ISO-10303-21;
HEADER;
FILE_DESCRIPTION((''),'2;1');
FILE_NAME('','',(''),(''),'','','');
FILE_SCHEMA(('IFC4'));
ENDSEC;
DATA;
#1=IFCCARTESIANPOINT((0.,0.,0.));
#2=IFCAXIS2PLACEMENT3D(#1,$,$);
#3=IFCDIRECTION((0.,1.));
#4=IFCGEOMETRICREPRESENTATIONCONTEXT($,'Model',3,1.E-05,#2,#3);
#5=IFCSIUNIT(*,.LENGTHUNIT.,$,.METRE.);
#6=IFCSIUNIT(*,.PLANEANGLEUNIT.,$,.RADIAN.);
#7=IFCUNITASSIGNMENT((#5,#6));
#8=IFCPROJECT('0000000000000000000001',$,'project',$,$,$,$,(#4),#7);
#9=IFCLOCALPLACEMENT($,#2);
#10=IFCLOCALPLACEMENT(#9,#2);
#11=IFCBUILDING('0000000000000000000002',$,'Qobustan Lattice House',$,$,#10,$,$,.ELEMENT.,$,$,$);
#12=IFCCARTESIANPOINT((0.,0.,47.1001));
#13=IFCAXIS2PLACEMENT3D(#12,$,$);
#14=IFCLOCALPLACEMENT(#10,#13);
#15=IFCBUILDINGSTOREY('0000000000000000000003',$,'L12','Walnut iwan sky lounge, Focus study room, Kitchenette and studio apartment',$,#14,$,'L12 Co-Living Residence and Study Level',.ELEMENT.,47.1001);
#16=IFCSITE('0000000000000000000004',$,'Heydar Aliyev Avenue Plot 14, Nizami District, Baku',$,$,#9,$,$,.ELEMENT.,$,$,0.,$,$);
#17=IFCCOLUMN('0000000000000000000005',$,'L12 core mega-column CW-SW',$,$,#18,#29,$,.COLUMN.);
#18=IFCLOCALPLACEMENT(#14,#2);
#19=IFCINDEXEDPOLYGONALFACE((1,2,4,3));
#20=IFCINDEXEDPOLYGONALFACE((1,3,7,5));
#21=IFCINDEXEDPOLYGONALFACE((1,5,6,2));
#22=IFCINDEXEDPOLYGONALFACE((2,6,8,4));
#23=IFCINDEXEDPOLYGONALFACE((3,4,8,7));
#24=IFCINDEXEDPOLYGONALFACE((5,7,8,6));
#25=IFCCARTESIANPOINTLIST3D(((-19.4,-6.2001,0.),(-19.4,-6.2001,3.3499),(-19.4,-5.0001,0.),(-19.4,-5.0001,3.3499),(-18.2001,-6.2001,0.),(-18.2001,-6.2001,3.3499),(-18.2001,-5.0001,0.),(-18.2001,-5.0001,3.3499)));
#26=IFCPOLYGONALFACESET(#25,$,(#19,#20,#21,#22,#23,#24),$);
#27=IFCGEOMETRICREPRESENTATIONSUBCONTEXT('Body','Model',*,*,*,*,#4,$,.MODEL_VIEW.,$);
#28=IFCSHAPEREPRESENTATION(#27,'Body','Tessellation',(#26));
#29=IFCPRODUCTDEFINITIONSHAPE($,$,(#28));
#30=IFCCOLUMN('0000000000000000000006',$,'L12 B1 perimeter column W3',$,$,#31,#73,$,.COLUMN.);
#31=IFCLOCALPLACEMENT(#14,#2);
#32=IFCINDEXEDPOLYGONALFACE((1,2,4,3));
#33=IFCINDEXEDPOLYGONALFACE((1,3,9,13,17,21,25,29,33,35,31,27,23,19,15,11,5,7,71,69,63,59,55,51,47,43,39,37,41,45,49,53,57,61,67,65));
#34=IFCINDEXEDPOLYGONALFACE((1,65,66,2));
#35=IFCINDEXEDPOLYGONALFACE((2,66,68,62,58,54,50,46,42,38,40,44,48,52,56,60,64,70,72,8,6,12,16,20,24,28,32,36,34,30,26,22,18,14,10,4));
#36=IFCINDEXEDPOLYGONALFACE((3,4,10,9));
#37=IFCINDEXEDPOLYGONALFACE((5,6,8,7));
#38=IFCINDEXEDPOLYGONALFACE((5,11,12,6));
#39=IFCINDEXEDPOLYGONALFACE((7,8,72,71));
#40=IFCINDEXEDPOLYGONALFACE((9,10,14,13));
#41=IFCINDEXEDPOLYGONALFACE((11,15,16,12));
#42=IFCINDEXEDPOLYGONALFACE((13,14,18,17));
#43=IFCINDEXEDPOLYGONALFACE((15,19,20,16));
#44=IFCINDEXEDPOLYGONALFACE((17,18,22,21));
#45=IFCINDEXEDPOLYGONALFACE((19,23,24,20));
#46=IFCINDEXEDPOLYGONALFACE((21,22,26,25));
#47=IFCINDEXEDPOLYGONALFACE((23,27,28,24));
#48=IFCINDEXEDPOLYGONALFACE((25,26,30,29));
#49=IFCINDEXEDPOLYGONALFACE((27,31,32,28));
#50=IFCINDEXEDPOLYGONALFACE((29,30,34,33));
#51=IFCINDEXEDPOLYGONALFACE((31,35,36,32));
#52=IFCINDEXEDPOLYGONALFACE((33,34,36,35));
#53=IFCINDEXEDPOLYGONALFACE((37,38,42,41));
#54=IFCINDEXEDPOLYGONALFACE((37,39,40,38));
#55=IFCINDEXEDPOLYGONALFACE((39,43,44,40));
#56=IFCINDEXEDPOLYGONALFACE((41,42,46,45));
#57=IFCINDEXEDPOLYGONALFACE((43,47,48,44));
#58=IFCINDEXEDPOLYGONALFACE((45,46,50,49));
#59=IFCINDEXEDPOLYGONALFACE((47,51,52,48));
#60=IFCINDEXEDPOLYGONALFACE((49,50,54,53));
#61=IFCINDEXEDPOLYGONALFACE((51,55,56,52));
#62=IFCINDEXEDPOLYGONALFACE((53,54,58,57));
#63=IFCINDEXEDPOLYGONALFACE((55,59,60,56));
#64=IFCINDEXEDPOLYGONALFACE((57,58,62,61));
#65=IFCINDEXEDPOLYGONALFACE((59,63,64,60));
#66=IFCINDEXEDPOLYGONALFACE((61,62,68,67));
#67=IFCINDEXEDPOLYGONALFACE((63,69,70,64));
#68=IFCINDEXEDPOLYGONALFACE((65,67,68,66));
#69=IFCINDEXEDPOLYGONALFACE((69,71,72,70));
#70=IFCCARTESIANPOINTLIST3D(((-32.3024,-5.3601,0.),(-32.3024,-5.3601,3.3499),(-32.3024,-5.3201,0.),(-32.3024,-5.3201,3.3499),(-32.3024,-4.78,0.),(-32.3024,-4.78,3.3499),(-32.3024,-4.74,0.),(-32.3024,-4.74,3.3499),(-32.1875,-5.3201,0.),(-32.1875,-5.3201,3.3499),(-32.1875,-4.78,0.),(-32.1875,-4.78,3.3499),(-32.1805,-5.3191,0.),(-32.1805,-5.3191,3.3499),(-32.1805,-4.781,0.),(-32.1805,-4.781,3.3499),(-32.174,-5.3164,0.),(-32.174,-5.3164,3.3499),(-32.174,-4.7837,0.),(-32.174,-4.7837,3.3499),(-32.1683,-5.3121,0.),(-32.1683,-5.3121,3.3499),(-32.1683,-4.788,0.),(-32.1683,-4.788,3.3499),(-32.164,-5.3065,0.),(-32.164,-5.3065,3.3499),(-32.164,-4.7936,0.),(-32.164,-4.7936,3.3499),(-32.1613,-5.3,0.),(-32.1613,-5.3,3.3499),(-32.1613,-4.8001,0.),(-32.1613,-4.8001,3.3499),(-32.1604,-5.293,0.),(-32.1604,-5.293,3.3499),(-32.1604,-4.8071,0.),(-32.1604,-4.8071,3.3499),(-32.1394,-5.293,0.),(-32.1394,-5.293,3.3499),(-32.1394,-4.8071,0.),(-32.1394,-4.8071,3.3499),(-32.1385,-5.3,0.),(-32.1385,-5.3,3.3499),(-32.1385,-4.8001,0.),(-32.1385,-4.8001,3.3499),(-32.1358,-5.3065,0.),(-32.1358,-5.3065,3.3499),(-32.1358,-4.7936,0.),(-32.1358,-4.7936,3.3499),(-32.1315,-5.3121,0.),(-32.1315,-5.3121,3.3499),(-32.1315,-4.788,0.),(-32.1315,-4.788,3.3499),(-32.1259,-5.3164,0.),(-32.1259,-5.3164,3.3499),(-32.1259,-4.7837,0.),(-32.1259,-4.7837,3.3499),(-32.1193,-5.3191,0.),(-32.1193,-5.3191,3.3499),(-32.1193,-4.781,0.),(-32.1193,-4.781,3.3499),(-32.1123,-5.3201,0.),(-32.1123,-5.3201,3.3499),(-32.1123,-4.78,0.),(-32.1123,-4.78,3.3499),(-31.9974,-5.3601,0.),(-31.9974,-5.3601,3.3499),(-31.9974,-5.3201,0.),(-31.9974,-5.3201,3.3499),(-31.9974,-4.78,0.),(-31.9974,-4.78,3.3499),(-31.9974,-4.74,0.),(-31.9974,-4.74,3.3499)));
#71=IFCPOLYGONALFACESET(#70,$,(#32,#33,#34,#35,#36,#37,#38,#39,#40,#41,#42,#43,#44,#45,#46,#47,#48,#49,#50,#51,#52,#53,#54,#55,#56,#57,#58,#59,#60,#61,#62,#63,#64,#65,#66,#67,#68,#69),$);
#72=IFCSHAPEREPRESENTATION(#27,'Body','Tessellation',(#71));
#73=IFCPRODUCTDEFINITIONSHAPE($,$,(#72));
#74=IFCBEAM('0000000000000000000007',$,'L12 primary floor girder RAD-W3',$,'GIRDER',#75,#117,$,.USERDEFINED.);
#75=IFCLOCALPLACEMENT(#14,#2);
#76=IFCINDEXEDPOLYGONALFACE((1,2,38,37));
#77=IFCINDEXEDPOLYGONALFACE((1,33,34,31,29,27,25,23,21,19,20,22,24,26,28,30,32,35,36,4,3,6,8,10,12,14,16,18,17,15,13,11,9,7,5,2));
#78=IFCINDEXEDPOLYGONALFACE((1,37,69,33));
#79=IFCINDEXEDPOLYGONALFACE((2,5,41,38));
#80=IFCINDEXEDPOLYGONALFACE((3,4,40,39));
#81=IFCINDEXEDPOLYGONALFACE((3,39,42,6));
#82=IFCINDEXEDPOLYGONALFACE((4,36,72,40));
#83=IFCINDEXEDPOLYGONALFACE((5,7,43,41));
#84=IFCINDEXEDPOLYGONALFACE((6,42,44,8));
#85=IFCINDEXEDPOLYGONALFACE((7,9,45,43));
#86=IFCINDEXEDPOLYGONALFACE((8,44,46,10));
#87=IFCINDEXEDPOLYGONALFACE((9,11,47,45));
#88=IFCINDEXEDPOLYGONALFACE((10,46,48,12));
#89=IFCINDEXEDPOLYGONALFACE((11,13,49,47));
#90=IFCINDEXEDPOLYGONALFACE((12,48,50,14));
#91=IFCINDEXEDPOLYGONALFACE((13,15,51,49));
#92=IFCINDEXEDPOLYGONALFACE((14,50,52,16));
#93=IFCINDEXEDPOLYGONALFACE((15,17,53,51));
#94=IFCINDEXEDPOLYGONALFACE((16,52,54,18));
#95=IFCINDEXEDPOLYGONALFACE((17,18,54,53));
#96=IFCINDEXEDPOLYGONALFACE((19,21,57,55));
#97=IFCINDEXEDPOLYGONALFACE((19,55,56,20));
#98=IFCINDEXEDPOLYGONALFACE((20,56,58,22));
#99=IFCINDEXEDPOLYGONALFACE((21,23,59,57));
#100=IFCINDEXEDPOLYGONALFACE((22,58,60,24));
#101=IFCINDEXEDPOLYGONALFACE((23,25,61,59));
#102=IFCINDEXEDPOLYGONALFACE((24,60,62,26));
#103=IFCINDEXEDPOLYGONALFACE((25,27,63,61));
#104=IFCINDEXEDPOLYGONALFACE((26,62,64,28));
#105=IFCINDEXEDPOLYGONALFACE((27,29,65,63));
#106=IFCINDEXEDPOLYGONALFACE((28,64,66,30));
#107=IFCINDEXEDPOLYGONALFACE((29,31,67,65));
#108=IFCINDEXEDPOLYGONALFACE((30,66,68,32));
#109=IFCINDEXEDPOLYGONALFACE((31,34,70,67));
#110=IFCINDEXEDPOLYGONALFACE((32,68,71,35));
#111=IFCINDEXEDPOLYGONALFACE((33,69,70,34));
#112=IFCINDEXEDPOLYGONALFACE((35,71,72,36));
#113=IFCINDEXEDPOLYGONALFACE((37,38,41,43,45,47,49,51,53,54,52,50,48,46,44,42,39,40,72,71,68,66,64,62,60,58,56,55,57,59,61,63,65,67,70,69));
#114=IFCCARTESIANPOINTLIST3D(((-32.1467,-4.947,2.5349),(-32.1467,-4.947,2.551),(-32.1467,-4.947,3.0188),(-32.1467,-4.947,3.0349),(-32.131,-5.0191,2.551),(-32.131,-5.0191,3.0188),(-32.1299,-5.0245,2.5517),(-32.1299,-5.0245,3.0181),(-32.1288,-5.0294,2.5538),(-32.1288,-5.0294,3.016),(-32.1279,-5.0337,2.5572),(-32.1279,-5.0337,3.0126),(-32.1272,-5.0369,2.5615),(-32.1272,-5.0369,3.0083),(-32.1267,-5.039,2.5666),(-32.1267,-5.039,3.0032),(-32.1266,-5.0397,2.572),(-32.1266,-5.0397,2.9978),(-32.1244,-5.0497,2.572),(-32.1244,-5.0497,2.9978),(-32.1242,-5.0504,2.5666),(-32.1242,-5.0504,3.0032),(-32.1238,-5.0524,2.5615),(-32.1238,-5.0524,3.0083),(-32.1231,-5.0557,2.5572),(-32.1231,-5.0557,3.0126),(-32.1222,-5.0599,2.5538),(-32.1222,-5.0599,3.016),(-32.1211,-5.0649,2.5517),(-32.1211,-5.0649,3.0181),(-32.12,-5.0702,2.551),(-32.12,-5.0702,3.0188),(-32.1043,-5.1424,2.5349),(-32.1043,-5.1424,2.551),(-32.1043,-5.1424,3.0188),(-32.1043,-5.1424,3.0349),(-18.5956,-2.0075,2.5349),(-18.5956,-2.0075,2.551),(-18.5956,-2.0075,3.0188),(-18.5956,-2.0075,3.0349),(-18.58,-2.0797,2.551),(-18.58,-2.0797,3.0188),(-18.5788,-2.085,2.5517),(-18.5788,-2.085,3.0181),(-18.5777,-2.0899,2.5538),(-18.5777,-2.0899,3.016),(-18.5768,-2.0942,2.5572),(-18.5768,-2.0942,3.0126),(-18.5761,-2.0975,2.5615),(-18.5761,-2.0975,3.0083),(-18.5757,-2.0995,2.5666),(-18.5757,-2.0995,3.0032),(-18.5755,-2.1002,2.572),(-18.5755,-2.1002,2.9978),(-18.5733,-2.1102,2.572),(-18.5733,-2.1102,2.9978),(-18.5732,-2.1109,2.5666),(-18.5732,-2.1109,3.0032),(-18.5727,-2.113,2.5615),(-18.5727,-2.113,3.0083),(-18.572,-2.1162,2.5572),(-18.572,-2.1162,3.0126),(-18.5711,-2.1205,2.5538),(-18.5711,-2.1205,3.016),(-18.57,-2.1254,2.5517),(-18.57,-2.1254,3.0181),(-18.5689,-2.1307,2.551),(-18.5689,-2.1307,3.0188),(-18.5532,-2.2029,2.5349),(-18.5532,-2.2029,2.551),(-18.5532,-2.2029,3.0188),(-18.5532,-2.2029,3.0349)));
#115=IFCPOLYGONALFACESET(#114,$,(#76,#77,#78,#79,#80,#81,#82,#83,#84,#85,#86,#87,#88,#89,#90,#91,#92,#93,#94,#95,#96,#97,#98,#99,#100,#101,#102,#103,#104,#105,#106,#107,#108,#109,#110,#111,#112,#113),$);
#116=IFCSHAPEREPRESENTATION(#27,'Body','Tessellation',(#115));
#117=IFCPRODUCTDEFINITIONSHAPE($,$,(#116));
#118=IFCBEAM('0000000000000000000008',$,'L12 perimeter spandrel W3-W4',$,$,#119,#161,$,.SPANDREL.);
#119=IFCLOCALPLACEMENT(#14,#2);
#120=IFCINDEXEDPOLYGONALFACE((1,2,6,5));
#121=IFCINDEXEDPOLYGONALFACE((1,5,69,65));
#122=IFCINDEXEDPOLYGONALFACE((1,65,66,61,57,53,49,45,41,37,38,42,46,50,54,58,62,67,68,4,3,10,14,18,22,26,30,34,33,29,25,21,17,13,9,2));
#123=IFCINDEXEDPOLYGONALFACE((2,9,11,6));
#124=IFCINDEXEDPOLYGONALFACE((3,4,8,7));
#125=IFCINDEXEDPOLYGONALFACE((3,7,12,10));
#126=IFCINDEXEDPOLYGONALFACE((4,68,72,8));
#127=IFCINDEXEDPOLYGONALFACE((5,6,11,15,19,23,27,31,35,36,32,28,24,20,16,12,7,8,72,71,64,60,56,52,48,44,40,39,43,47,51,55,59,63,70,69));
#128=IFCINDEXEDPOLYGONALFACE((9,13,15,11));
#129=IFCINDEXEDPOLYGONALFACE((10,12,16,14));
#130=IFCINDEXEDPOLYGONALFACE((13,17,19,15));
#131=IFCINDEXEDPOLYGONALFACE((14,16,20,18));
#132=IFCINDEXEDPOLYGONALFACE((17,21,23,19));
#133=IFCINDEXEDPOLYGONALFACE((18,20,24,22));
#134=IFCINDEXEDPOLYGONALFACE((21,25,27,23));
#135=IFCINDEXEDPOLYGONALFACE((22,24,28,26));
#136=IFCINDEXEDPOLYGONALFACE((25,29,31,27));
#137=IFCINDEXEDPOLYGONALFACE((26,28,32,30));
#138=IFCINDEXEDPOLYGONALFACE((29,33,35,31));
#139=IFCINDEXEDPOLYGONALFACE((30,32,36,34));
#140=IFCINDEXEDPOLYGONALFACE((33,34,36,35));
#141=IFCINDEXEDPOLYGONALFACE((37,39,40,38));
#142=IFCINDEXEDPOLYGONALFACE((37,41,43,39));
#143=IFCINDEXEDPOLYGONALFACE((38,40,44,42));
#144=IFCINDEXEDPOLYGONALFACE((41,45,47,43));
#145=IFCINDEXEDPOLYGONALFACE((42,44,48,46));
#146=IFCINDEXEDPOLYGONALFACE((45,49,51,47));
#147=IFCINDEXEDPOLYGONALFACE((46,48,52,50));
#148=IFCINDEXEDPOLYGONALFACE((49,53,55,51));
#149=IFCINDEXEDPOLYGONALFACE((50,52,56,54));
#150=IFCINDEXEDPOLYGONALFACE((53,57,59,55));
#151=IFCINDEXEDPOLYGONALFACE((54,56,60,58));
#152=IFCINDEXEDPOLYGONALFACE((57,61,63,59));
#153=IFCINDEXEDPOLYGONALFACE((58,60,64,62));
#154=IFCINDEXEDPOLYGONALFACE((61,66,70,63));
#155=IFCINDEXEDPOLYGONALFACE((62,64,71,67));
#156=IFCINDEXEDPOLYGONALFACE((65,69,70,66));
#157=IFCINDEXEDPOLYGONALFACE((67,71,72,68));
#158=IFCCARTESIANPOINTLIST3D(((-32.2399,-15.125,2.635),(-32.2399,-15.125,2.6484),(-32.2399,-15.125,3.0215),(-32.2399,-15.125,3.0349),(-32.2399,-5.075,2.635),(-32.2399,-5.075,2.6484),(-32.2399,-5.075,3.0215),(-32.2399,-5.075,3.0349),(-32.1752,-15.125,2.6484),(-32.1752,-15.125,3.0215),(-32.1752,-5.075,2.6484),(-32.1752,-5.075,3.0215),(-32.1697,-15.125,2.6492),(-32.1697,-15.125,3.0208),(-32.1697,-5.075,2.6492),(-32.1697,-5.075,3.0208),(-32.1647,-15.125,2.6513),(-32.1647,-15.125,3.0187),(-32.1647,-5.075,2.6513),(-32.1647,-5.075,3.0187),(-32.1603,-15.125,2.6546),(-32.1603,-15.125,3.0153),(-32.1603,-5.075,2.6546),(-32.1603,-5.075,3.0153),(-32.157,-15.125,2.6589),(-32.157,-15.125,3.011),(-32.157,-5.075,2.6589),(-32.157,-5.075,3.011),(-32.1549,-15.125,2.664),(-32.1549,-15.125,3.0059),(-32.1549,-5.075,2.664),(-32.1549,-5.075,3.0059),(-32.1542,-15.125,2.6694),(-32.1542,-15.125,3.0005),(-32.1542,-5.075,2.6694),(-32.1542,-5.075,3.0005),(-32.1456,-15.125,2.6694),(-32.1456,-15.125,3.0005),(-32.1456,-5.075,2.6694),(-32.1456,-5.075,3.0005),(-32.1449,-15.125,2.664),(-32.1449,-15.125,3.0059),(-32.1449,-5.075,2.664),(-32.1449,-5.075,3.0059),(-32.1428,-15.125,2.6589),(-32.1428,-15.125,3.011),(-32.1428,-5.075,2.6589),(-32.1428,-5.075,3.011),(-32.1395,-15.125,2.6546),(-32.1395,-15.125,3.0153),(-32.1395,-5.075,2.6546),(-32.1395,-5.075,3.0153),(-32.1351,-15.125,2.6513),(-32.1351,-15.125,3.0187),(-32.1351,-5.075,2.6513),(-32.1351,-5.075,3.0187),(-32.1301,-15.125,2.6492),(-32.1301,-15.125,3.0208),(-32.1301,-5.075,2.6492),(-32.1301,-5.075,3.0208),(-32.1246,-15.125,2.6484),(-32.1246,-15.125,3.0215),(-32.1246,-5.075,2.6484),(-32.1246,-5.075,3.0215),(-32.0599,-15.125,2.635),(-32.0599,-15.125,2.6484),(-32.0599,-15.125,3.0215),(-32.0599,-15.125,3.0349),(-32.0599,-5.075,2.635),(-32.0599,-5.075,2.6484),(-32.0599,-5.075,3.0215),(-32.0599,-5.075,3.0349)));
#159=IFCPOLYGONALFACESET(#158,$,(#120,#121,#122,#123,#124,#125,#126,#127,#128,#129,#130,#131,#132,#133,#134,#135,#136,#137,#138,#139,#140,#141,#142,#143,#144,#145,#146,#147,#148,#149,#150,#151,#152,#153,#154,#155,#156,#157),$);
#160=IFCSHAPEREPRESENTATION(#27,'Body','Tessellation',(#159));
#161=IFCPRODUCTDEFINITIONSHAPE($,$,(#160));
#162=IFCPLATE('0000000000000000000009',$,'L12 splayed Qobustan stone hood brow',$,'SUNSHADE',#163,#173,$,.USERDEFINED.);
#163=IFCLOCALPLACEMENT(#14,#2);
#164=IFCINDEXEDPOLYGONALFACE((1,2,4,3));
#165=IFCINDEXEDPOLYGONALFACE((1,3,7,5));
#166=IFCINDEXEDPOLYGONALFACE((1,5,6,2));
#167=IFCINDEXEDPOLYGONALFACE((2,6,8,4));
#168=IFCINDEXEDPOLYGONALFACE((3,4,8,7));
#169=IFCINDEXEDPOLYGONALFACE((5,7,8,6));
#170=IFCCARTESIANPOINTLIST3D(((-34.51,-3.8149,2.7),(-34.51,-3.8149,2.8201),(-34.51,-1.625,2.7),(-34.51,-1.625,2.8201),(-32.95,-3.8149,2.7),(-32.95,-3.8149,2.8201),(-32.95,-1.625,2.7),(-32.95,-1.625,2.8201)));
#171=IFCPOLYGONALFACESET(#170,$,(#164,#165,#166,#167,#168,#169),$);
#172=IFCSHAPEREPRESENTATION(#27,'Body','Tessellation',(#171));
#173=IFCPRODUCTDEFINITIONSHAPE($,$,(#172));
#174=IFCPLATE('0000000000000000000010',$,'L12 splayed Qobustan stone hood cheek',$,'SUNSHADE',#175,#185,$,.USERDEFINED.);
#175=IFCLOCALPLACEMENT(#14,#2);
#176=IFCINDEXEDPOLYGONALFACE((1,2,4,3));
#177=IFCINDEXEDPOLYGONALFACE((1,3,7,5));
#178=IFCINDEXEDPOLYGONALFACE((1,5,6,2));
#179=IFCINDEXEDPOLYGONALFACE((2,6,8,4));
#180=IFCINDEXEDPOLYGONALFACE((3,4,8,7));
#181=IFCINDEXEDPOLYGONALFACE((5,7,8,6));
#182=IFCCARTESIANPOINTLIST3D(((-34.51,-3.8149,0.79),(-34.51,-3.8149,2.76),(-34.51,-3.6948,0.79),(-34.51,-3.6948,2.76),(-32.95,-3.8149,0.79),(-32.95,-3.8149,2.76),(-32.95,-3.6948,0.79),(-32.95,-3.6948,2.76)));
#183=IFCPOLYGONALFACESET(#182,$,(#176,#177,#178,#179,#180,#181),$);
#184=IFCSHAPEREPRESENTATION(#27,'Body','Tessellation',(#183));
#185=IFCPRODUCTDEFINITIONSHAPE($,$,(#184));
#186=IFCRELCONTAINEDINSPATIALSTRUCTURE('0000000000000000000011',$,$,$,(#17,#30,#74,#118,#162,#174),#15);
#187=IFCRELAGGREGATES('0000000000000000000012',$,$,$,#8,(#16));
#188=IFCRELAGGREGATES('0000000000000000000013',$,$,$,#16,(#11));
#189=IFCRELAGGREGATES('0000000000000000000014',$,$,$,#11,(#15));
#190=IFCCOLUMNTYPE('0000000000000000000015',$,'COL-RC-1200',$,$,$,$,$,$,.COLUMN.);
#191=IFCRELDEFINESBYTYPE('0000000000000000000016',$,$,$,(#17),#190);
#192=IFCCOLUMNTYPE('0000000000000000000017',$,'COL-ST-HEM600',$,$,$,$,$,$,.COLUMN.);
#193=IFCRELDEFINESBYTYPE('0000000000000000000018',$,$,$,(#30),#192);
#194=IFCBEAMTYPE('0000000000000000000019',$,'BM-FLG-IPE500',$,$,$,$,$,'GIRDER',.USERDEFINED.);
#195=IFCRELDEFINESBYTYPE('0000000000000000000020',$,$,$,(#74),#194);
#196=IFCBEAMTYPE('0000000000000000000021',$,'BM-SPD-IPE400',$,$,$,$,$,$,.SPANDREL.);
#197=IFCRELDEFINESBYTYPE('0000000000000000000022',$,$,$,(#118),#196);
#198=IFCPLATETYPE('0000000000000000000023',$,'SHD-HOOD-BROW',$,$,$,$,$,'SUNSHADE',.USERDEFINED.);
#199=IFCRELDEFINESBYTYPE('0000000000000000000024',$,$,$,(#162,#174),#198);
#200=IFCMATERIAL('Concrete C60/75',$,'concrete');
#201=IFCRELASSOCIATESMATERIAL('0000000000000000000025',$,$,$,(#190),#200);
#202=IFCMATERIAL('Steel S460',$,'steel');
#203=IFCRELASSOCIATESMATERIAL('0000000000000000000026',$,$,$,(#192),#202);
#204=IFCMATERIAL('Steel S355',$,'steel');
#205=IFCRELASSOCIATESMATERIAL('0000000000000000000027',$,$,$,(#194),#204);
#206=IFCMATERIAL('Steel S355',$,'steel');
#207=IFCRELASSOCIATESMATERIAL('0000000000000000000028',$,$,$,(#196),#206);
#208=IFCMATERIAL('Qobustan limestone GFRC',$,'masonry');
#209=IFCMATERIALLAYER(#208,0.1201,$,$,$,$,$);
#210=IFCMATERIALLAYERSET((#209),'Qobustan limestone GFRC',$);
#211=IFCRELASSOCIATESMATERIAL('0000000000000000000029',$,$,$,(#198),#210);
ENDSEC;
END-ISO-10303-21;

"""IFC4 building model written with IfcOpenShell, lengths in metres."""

from ifc_helpers import new_model, si_unit, direction, frame, origin, origin_2d, place, context, subcontext, project, spatial, rectangle, i_section, extrude, material, layer, layer_set, material_profile, profile_set, type_object, element, save


model = new_model("IFC4")

# Units and contexts
model_context = context("Model", 3, precision=1e-05, world=origin(), true_north=direction((0.0, 1.0)))
body_context = subcontext(model_context, "Body", "Model", "MODEL_VIEW")
ifc_project = project(units=[si_unit("LENGTHUNIT", "METRE"), si_unit("PLANEANGLEUNIT", "RADIAN")], contexts=[model_context])

# Site, building, storey
site_placement = place(None, origin())
site = spatial("IfcSite", under=ifc_project, at=site_placement, Name="Heydar Aliyev Avenue Plot 14, Nizami District, Baku", CompositionType="ELEMENT", RefElevation=0.0)
building_placement = place(site_placement, origin())
building = spatial("IfcBuilding", under=site, at=building_placement, Name="Qobustan Lattice House", CompositionType="ELEMENT")
storey_placement = place(building_placement, frame((0.0, 0.0, 47.1001)))
storey = spatial("IfcBuildingStorey", under=building, at=storey_placement, Name="L12", Description="Walnut iwan sky lounge, Focus study room, Kitchenette and studio apartment", LongName="L12 Co-Living Residence and Study Level", CompositionType="ELEMENT", Elevation=47.1001)

# Columns
ifc_material_1 = material(Name="Concrete C60/75", Category="concrete")
ifc_material_profile_1 = material_profile(ifc_material_1, rectangle(XDim=1.2, YDim=1.2, at=origin_2d()), Name="RC1200x1200")
ifc_profile_set_1 = profile_set([ifc_material_profile_1], Name="Concrete C60/75")
column_type_1 = type_object("IfcColumnType", Name="COL-RC-1200", PredefinedType="COLUMN", material=ifc_profile_set_1)
column_1_placement = place(storey_placement, frame((-18.8, -5.6001, 0.0), z_axis=(0.0, 0.0, 1.0), x_axis=(1.0, 0.0, 0.0)))
element("IfcColumn", 1, at=column_1_placement, inside=storey, type_object=column_type_1, Name="L12 core mega-column CW-SW", PredefinedType="COLUMN", context=body_context, shape_type="SweptSolid", body=[
    extrude(rectangle(XDim=1.2, YDim=1.2, at=origin_2d()), origin(), (0.0, 0.0, 1.0), 3.3499),
])
ifc_material_2 = material(Name="Steel S460", Category="steel")
ifc_material_profile_2 = material_profile(ifc_material_2, i_section(OverallWidth=0.3049, OverallDepth=0.6201, WebThickness=0.021, FlangeThickness=0.04, FilletRadius=0.0271, at=origin_2d()), Name="HEM600")
ifc_profile_set_2 = profile_set([ifc_material_profile_2], Name="Steel S460")
column_type_2 = type_object("IfcColumnType", Name="COL-ST-HEM600", PredefinedType="COLUMN", material=ifc_profile_set_2)
column_2_placement = place(storey_placement, frame((-32.1499, -5.05, 0.0), z_axis=(0.0, 0.0, 1.0), x_axis=(1.0, 0.0, 0.0)))
element("IfcColumn", 2, at=column_2_placement, inside=storey, type_object=column_type_2, Name="L12 B1 perimeter column W3", PredefinedType="COLUMN", context=body_context, shape_type="SweptSolid", body=[
    extrude(i_section(OverallWidth=0.3049, OverallDepth=0.6201, WebThickness=0.021, FlangeThickness=0.04, FilletRadius=0.0271, at=origin_2d()), origin(), (0.0, 0.0, 1.0), 3.3499),
])

# Beams
ifc_material_3 = material(Name="Steel S355", Category="steel")
ifc_material_profile_3 = material_profile(ifc_material_3, i_section(OverallWidth=0.2, OverallDepth=0.5, WebThickness=0.0103, FlangeThickness=0.0161, FilletRadius=0.021, at=origin_2d()), Name="IPE500")
ifc_profile_set_3 = profile_set([ifc_material_profile_3], Name="Steel S355")
beam_type_1 = type_object("IfcBeamType", Name="BM-FLG-IPE500", ElementType="GIRDER", PredefinedType="USERDEFINED", material=ifc_profile_set_3)
beam_1_placement = place(storey_placement, frame((-32.1255, -5.0447, 2.7849), z_axis=(0.977272, 0.211987, 0.0), x_axis=(-0.211987, 0.977272, 0.0)))
element("IfcBeam", 3, at=beam_1_placement, inside=storey, type_object=beam_type_1, Name="L12 primary floor girder RAD-W3", ObjectType="GIRDER", PredefinedType="USERDEFINED", context=body_context, shape_type="SweptSolid", body=[
    extrude(i_section(OverallWidth=0.2, OverallDepth=0.5, WebThickness=0.0103, FlangeThickness=0.0161, FilletRadius=0.021, at=origin_2d()), origin(), (0.0, 0.0, 1.0), 13.8662),
])
ifc_material_4 = material(Name="Steel S355", Category="steel")
ifc_material_profile_4 = material_profile(ifc_material_4, i_section(OverallWidth=0.1799, OverallDepth=0.3999, WebThickness=0.0085, FlangeThickness=0.0134, FilletRadius=0.021, at=origin_2d()), Name="IPE400")
ifc_profile_set_4 = profile_set([ifc_material_profile_4], Name="Steel S355")
beam_type_2 = type_object("IfcBeamType", Name="BM-SPD-IPE400", PredefinedType="SPANDREL", material=ifc_profile_set_4)
beam_2_placement = place(storey_placement, frame((-32.1499, -5.075, 2.835), z_axis=(0.0, -1.0, 0.0), x_axis=(1.0, 0.0, 0.0)))
element("IfcBeam", 4, at=beam_2_placement, inside=storey, type_object=beam_type_2, Name="L12 perimeter spandrel W3-W4", PredefinedType="SPANDREL", context=body_context, shape_type="SweptSolid", body=[
    extrude(i_section(OverallWidth=0.1799, OverallDepth=0.3999, WebThickness=0.0085, FlangeThickness=0.0134, FilletRadius=0.021, at=origin_2d()), origin(), (0.0, 0.0, 1.0), 10.05),
])

# Plates
ifc_material_5 = material(Name="Qobustan limestone GFRC", Category="masonry")
ifc_layer_1 = layer(ifc_material_5, 0.1201)
ifc_layer_set_1 = layer_set([ifc_layer_1], Name="Qobustan limestone GFRC")
plate_type = type_object("IfcPlateType", Name="SHD-HOOD-BROW", ElementType="SUNSHADE", PredefinedType="USERDEFINED", material=ifc_layer_set_1)
plate_1_placement = place(storey_placement, frame((-33.73, -2.72, 2.7), z_axis=(0.0, 0.0, 1.0), x_axis=(0.0, 1.0, 0.0)))
element("IfcPlate", 5, at=plate_1_placement, inside=storey, type_object=plate_type, Name="L12 splayed Qobustan stone hood brow", ObjectType="SUNSHADE", PredefinedType="USERDEFINED", context=body_context, shape_type="SweptSolid", body=[
    extrude(rectangle(XDim=2.1899, YDim=1.5601, at=origin_2d()), origin(), (0.0, 0.0, 1.0), 0.1201),
])
plate_2_placement = place(storey_placement, frame((-33.73, -3.7549, 0.79), z_axis=(0.0, 0.0, 1.0), x_axis=(0.0, 1.0, 0.0)))
element("IfcPlate", 6, at=plate_2_placement, inside=storey, type_object=plate_type, Name="L12 splayed Qobustan stone hood cheek", ObjectType="SUNSHADE", PredefinedType="USERDEFINED", context=body_context, shape_type="SweptSolid", body=[
    extrude(rectangle(XDim=0.1201, YDim=1.5601, at=origin_2d()), origin(), (0.0, 0.0, 1.0), 1.97),
])

save(model, "model.ifc")
